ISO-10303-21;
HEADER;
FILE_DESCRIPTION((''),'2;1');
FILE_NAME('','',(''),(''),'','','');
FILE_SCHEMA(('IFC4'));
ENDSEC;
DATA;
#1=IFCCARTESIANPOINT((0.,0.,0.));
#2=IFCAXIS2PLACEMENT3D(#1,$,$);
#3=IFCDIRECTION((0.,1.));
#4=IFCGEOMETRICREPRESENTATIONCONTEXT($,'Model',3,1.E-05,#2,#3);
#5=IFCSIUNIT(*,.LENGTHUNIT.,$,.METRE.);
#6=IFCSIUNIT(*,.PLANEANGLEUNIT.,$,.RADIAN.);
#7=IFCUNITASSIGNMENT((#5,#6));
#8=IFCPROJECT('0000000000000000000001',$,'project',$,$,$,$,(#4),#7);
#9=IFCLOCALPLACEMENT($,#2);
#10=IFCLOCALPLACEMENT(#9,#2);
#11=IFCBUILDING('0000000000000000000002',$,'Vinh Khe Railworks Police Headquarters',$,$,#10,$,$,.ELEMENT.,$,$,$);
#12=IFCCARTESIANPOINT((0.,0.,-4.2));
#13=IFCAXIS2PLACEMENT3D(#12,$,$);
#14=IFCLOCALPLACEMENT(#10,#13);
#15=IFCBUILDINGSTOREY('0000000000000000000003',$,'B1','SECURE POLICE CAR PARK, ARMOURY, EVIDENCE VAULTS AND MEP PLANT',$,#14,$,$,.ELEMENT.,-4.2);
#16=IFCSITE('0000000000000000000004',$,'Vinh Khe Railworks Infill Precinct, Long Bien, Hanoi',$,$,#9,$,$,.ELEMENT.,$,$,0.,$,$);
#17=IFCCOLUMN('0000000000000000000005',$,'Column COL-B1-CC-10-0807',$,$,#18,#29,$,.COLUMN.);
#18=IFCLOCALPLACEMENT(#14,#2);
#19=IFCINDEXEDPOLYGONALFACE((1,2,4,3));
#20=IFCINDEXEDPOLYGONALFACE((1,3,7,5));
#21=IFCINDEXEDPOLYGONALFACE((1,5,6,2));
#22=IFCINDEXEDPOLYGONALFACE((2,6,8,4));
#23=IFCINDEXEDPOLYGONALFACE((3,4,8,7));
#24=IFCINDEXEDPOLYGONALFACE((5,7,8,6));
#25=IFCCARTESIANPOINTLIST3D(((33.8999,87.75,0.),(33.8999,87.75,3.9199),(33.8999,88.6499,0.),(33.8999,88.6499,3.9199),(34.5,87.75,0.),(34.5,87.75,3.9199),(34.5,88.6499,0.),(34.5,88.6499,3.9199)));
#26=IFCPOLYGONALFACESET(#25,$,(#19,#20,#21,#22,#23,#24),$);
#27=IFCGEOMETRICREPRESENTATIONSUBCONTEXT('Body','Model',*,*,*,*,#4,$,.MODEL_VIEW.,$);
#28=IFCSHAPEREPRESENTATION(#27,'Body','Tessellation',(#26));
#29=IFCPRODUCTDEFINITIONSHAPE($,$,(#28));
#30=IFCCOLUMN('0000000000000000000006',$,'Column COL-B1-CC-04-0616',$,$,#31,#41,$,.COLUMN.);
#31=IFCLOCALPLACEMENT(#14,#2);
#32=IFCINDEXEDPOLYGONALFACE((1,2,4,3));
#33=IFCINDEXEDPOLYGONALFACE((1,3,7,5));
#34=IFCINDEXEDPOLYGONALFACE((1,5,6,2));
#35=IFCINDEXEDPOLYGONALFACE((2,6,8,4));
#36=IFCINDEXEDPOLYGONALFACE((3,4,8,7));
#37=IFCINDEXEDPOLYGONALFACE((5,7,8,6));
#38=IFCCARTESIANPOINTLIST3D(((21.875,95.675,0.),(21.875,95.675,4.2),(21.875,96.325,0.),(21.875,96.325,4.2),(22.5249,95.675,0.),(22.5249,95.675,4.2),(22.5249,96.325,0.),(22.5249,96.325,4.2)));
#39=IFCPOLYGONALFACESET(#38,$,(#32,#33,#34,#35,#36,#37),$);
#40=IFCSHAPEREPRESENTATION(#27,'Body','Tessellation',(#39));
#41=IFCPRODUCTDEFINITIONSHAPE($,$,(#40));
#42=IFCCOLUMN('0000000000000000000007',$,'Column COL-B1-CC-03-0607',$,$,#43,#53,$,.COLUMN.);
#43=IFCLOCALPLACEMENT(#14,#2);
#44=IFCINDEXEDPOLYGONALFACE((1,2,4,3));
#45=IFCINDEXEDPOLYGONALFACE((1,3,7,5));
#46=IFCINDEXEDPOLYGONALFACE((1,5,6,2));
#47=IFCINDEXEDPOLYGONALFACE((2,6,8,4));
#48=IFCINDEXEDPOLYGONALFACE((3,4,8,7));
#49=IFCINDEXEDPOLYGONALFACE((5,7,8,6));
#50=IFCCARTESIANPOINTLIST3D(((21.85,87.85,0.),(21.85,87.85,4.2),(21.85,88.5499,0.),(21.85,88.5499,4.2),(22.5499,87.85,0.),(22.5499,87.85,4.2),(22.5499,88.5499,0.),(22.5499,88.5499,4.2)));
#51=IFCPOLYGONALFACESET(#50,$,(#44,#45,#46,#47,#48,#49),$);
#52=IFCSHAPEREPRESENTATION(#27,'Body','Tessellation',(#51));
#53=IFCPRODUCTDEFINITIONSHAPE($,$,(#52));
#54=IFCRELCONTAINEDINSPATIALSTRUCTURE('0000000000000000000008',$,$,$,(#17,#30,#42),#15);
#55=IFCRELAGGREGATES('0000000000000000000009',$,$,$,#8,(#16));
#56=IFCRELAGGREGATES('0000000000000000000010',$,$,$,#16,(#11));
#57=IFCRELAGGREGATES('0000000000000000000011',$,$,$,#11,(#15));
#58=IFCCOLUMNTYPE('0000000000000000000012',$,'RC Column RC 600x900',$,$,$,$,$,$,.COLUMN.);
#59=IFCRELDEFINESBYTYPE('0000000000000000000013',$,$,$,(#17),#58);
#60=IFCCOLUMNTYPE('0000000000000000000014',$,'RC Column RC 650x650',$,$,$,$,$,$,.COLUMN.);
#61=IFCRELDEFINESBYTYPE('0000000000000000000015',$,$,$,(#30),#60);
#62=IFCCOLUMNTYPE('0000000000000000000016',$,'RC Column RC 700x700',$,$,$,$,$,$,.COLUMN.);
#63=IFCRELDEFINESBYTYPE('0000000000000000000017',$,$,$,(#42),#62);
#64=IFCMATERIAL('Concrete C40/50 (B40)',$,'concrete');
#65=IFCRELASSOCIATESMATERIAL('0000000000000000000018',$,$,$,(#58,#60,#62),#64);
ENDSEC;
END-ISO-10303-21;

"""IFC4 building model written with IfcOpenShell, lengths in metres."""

from ifc_helpers import new_model, si_unit, direction, frame, origin, origin_2d, place, context, subcontext, project, spatial, rectangle, extrude, material, material_profile, profile_set, type_object, element, save


model = new_model("IFC4")

# Units and contexts
model_context = context("Model", 3, precision=1e-05, world=origin(), true_north=direction((0.0, 1.0)))
body_context = subcontext(model_context, "Body", "Model", "MODEL_VIEW")
ifc_project = project(units=[si_unit("LENGTHUNIT", "METRE"), si_unit("PLANEANGLEUNIT", "RADIAN")], contexts=[model_context])

# Site, building, storey
site_placement = place(None, origin())
site = spatial("IfcSite", under=ifc_project, at=site_placement, Name="Vinh Khe Railworks Infill Precinct, Long Bien, Hanoi", CompositionType="ELEMENT", RefElevation=0.0)
building_placement = place(site_placement, origin())
building = spatial("IfcBuilding", under=site, at=building_placement, Name="Vinh Khe Railworks Police Headquarters", CompositionType="ELEMENT")
storey_placement = place(building_placement, frame((0.0, 0.0, -4.2)))
storey = spatial("IfcBuildingStorey", under=building, at=storey_placement, Name="B1", Description="SECURE POLICE CAR PARK, ARMOURY, EVIDENCE VAULTS AND MEP PLANT", CompositionType="ELEMENT", Elevation=-4.2)

# Columns
ifc_material_1 = material(Name="Concrete C40/50 (B40)", Category="concrete")
ifc_material_profile_1 = material_profile(ifc_material_1, rectangle(XDim=0.6001, YDim=0.8999, at=origin_2d()), Name="RC 600x900")
ifc_profile_set_1 = profile_set([ifc_material_profile_1], Name="Concrete C40/50 (B40)")
column_type_1 = type_object("IfcColumnType", Name="RC Column RC 600x900", PredefinedType="COLUMN", material=ifc_profile_set_1)
column_1_placement = place(storey_placement, frame((34.2, 88.2, 0.0), z_axis=(0.0, 0.0, 1.0), x_axis=(1.0, 0.0, 0.0)))
element("IfcColumn", 1, at=column_1_placement, inside=storey, type_object=column_type_1, Name="Column COL-B1-CC-10-0807", PredefinedType="COLUMN", context=body_context, shape_type="SweptSolid", body=[
    extrude(rectangle(XDim=0.6001, YDim=0.8999, at=origin_2d()), origin(), (0.0, 0.0, 1.0), 3.9199),
])
ifc_material_profile_2 = material_profile(ifc_material_1, rectangle(XDim=0.6499, YDim=0.6499, at=origin_2d()), Name="RC 650x650")
ifc_profile_set_2 = profile_set([ifc_material_profile_2], Name="Concrete C40/50 (B40)")
column_type_2 = type_object("IfcColumnType", Name="RC Column RC 650x650", PredefinedType="COLUMN", material=ifc_profile_set_2)
column_2_placement = place(storey_placement, frame((22.2, 96.0, 0.0), z_axis=(0.0, 0.0, 1.0), x_axis=(1.0, 0.0, 0.0)))
element("IfcColumn", 2, at=column_2_placement, inside=storey, type_object=column_type_2, Name="Column COL-B1-CC-04-0616", PredefinedType="COLUMN", context=body_context, shape_type="SweptSolid", body=[
    extrude(rectangle(XDim=0.6499, YDim=0.6499, at=origin_2d()), origin(), (0.0, 0.0, 1.0), 4.2),
])
ifc_material_profile_3 = material_profile(ifc_material_1, rectangle(XDim=0.7, YDim=0.7, at=origin_2d()), Name="RC 700x700")
ifc_profile_set_3 = profile_set([ifc_material_profile_3], Name="Concrete C40/50 (B40)")
column_type_3 = type_object("IfcColumnType", Name="RC Column RC 700x700", PredefinedType="COLUMN", material=ifc_profile_set_3)
column_3_placement = place(storey_placement, frame((22.2, 88.2, 0.0), z_axis=(0.0, 0.0, 1.0), x_axis=(1.0, 0.0, 0.0)))
element("IfcColumn", 3, at=column_3_placement, inside=storey, type_object=column_type_3, Name="Column COL-B1-CC-03-0607", PredefinedType="COLUMN", context=body_context, shape_type="SweptSolid", body=[
    extrude(rectangle(XDim=0.7, YDim=0.7, at=origin_2d()), origin(), (0.0, 0.0, 1.0), 4.2),
])

save(model, "model.ifc")
